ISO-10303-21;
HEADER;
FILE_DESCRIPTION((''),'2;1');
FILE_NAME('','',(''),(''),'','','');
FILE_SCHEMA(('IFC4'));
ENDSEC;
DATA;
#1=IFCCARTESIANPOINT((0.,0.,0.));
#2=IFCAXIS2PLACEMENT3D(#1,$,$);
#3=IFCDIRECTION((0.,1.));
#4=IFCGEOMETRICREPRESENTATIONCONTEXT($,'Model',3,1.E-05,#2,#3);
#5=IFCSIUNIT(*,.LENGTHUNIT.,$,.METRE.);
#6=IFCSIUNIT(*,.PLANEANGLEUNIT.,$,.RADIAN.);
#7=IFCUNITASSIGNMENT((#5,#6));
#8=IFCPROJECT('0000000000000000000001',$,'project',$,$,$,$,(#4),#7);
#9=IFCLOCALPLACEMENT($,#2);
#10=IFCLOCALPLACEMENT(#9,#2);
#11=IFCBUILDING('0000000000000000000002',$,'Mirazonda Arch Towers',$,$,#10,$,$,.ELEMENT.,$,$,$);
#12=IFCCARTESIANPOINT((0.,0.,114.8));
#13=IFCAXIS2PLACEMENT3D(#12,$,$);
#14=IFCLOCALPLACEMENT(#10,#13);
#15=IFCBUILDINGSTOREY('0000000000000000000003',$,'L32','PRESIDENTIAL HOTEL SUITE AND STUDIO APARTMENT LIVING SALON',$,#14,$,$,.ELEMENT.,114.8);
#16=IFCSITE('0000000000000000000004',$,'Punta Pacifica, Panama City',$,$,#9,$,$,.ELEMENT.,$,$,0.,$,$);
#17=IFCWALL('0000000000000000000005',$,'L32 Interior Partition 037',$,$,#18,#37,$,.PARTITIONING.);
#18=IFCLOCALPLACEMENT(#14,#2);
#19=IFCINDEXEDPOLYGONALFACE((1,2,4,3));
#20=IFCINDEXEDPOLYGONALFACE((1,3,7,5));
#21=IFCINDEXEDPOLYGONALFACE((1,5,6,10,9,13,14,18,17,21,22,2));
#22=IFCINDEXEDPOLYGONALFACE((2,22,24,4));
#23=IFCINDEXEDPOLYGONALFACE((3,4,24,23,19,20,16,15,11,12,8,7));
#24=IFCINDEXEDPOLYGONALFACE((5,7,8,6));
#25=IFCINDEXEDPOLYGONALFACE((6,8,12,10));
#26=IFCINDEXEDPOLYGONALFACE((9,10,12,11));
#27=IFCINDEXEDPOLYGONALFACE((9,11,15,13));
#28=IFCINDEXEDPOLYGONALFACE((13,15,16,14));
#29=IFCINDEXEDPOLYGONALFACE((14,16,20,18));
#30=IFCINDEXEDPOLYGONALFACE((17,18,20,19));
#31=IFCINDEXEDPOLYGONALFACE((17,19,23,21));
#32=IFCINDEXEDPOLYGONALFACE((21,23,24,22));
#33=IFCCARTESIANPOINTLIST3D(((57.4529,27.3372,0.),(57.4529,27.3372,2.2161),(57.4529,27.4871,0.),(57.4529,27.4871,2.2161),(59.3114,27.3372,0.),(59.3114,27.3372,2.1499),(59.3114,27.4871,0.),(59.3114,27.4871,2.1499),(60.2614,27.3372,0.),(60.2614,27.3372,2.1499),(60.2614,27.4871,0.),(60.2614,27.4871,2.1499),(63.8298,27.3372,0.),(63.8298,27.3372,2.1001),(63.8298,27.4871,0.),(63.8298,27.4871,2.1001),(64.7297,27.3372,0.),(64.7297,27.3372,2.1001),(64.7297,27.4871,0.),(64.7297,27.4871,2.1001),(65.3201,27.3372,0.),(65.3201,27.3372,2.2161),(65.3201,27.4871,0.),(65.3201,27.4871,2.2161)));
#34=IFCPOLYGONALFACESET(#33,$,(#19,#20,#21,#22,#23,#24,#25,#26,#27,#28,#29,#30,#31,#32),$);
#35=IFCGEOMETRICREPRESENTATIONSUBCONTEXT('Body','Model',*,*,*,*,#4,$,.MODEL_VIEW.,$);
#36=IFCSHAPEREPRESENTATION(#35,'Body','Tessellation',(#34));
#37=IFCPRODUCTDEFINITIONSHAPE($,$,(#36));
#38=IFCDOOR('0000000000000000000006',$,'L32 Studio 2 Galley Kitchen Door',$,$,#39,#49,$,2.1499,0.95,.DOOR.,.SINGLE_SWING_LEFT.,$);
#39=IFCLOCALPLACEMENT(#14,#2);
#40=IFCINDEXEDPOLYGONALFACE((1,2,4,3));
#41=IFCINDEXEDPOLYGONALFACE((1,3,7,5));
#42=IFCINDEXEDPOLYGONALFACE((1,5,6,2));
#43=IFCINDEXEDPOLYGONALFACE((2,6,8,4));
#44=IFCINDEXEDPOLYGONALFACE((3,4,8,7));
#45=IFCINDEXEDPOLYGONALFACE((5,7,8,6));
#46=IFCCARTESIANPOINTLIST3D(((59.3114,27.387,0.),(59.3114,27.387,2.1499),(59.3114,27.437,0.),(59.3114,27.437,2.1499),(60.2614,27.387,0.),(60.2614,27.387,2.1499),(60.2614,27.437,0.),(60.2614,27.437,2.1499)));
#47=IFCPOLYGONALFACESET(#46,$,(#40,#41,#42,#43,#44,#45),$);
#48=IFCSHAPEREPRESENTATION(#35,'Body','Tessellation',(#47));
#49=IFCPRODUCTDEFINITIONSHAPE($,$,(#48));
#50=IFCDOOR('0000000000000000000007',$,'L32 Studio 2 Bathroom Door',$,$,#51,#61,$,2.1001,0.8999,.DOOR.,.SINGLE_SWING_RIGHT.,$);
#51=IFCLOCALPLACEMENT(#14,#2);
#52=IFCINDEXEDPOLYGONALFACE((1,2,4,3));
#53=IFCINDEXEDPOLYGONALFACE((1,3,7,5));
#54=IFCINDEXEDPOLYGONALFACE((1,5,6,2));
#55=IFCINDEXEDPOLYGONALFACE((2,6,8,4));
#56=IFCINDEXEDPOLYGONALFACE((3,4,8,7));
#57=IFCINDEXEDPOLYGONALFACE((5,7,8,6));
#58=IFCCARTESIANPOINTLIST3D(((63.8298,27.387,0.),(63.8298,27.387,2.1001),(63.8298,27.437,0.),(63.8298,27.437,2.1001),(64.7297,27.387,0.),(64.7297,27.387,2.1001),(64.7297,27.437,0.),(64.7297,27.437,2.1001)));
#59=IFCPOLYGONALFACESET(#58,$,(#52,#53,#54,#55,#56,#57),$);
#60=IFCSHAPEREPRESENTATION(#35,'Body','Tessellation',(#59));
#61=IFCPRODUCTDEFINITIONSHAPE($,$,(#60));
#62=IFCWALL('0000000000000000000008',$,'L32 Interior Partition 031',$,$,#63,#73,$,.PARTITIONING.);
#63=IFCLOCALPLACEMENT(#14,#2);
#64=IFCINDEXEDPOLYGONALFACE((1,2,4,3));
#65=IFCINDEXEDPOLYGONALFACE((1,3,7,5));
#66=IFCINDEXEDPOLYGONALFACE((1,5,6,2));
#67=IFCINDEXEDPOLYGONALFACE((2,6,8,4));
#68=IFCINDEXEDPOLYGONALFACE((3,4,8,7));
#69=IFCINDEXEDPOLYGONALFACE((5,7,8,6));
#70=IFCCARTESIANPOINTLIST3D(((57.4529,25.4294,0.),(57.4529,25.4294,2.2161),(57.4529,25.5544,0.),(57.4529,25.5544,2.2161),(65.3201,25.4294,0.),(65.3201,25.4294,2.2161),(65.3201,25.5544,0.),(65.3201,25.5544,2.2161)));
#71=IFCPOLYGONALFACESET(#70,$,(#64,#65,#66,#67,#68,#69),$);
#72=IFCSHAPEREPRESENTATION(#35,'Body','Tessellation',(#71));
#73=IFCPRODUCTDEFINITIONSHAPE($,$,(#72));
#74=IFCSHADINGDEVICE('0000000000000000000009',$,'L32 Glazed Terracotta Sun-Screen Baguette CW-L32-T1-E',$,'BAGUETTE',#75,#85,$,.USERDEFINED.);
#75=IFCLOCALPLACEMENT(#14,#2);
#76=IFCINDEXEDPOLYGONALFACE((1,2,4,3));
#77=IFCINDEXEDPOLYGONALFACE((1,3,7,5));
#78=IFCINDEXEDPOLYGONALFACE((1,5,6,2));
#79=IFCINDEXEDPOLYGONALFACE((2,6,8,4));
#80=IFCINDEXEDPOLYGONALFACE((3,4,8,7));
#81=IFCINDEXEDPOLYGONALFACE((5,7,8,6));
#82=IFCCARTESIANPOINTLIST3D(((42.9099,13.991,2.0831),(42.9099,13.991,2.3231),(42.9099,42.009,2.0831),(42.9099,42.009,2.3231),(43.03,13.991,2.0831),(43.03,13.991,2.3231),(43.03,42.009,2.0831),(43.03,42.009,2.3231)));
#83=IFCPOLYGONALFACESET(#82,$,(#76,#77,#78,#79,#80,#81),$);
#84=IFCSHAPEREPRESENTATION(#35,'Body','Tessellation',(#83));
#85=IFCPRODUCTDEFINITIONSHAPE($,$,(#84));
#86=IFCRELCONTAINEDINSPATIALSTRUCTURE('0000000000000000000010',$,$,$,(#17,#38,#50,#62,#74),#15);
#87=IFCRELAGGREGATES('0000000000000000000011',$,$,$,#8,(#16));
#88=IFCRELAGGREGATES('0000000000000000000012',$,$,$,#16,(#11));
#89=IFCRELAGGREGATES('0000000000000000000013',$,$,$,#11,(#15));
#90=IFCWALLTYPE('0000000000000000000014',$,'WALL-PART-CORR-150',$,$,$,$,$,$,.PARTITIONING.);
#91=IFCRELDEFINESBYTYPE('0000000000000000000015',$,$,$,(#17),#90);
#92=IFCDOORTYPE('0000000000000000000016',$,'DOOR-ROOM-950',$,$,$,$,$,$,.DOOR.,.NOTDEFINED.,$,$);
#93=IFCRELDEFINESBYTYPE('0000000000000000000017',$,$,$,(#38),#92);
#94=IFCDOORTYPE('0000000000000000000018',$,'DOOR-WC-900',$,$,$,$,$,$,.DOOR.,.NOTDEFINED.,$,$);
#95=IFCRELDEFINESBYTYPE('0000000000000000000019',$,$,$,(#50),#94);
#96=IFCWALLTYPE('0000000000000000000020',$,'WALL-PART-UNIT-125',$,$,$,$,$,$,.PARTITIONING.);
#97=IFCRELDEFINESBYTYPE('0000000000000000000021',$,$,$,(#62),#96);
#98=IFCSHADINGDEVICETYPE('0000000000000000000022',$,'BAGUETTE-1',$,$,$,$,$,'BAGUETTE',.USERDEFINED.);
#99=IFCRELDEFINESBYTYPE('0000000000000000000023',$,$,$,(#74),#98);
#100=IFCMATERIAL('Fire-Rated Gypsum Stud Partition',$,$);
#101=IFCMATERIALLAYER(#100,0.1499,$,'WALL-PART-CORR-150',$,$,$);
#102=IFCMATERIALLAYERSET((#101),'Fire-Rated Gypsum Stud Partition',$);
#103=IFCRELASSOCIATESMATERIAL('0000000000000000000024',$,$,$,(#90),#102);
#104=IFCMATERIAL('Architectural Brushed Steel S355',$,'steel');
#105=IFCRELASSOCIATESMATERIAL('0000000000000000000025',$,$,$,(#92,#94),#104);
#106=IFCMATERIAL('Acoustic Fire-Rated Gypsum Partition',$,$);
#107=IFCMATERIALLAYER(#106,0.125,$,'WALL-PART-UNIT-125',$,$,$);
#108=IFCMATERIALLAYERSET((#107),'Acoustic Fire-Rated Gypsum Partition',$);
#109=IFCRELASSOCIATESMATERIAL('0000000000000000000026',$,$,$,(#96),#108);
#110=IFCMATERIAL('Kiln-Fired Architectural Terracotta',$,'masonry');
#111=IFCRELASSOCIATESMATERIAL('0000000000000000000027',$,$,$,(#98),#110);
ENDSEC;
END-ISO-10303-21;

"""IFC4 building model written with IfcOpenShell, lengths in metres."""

from ifc_helpers import new_model, si_unit, direction, frame, frame_2d, origin, origin_2d, place, context, subcontext, project, spatial, rectangle, extrude, material, layer, layer_set, material_profile, profile_set, type_object, element, fill, save


model = new_model("IFC4")

# Units and contexts
model_context = context("Model", 3, precision=1e-05, world=origin(), true_north=direction((0.0, 1.0)))
body_context = subcontext(model_context, "Body", "Model", "MODEL_VIEW")
ifc_project = project(units=[si_unit("LENGTHUNIT", "METRE"), si_unit("PLANEANGLEUNIT", "RADIAN")], contexts=[model_context])

# Site, building, storey
site_placement = place(None, origin())
site = spatial("IfcSite", under=ifc_project, at=site_placement, Name="Punta Pacifica, Panama City", CompositionType="ELEMENT", RefElevation=0.0)
building_placement = place(site_placement, origin())
building = spatial("IfcBuilding", under=site, at=building_placement, Name="Mirazonda Arch Towers", CompositionType="ELEMENT")
storey_placement = place(building_placement, frame((0.0, 0.0, 114.8)))
storey = spatial("IfcBuildingStorey", under=building, at=storey_placement, Name="L32", Description="PRESIDENTIAL HOTEL SUITE AND STUDIO APARTMENT LIVING SALON", CompositionType="ELEMENT", Elevation=114.8)

# Wall, openings, doors
ifc_material_1 = material(Name="Fire-Rated Gypsum Stud Partition")
ifc_layer_1 = layer(ifc_material_1, 0.1499, Name="WALL-PART-CORR-150")
ifc_layer_set_1 = layer_set([ifc_layer_1], Name="Fire-Rated Gypsum Stud Partition")
wall_type_1 = type_object("IfcWallType", Name="WALL-PART-CORR-150", PredefinedType="PARTITIONING", material=ifc_layer_set_1)
wall_1_placement = place(storey_placement, frame((57.4529, 27.4121, 0.0), z_axis=(0.0, 0.0, 1.0), x_axis=(1.0, 0.0, 0.0)))
wall_1 = element("IfcWall", 1, at=wall_1_placement, inside=storey, type_object=wall_type_1, Name="L32 Interior Partition 037", PredefinedType="PARTITIONING", context=body_context, shape_type="SweptSolid", body=[
    extrude(rectangle(XDim=7.8672, YDim=0.1499, at=frame_2d((3.9336, 0.0))), origin(), (0.0, 0.0, 1.0), 2.2161),
])
opening_1_placement = place(wall_1_placement, frame((1.8584, 0.0, 0.0)))
opening_1 = element("IfcOpeningElement", 2, at=opening_1_placement, cuts=wall_1, PredefinedType="OPENING", context=body_context, shape_type="SweptSolid", body=[
    extrude(rectangle(XDim=0.95, YDim=2.1499, at=frame_2d((0.4751, 1.075))), frame((0.0, 0.085, 0.0), z_axis=(0.0, -1.0, 0.0), x_axis=(1.0, 0.0, 0.0)), (0.0, 0.0, 1.0), 0.1699),
])
opening_2_placement = place(wall_1_placement, frame((6.377, 0.0, 0.0)))
opening_2 = element("IfcOpeningElement", 3, at=opening_2_placement, cuts=wall_1, PredefinedType="OPENING", context=body_context, shape_type="SweptSolid", body=[
    extrude(rectangle(XDim=0.8999, YDim=2.1001, at=frame_2d((0.45, 1.05))), frame((0.0, 0.085, 0.0), z_axis=(0.0, -1.0, 0.0), x_axis=(1.0, 0.0, 0.0)), (0.0, 0.0, 1.0), 0.1699),
])
ifc_material_2 = material(Name="Architectural Brushed Steel S355", Category="steel")
door_type_1 = type_object("IfcDoorType", Name="DOOR-ROOM-950", OperationType="NOTDEFINED", PredefinedType="DOOR", material=ifc_material_2)
door_1_placement = place(opening_1_placement, origin())
door_1 = element("IfcDoor", 4, at=door_1_placement, inside=storey, type_object=door_type_1, Name="L32 Studio 2 Galley Kitchen Door", OperationType="SINGLE_SWING_LEFT", OverallHeight=2.1499, OverallWidth=0.95, PredefinedType="DOOR", context=body_context, shape_type="SweptSolid", body=[
    extrude(rectangle(XDim=0.95, YDim=2.1499, at=frame_2d((0.4751, 1.075))), frame((0.0, 0.0249, 0.0), z_axis=(0.0, -1.0, 0.0), x_axis=(1.0, 0.0, 0.0)), (0.0, 0.0, 1.0), 0.05),
])
fill(opening_1, door_1)
door_type_2 = type_object("IfcDoorType", Name="DOOR-WC-900", OperationType="NOTDEFINED", PredefinedType="DOOR", material=ifc_material_2)
door_2_placement = place(opening_2_placement, origin())
door_2 = element("IfcDoor", 5, at=door_2_placement, inside=storey, type_object=door_type_2, Name="L32 Studio 2 Bathroom Door", OperationType="SINGLE_SWING_RIGHT", OverallHeight=2.1001, OverallWidth=0.8999, PredefinedType="DOOR", context=body_context, shape_type="SweptSolid", body=[
    extrude(rectangle(XDim=0.8999, YDim=2.1001, at=frame_2d((0.45, 1.05))), frame((0.0, 0.0249, 0.0), z_axis=(0.0, -1.0, 0.0), x_axis=(1.0, 0.0, 0.0)), (0.0, 0.0, 1.0), 0.05),
])
fill(opening_2, door_2)

# Wall
ifc_material_3 = material(Name="Acoustic Fire-Rated Gypsum Partition")
ifc_layer_2 = layer(ifc_material_3, 0.125, Name="WALL-PART-UNIT-125")
ifc_layer_set_2 = layer_set([ifc_layer_2], Name="Acoustic Fire-Rated Gypsum Partition")
wall_type_2 = type_object("IfcWallType", Name="WALL-PART-UNIT-125", PredefinedType="PARTITIONING", material=ifc_layer_set_2)
wall_2_placement = place(storey_placement, frame((57.4529, 25.4919, 0.0), z_axis=(0.0, 0.0, 1.0), x_axis=(1.0, 0.0, 0.0)))
element("IfcWall", 6, at=wall_2_placement, inside=storey, type_object=wall_type_2, Name="L32 Interior Partition 031", PredefinedType="PARTITIONING", context=body_context, shape_type="SweptSolid", body=[
    extrude(rectangle(XDim=7.8672, YDim=0.125, at=frame_2d((3.9336, 0.0))), origin(), (0.0, 0.0, 1.0), 2.2161),
])

# Shading device
ifc_material_4 = material(Name="Kiln-Fired Architectural Terracotta", Category="masonry")
ifc_material_profile_1 = material_profile(ifc_material_4, rectangle(XDim=0.1201, YDim=0.24, at=origin_2d()), Name="TERRA-BAG-120x240")
ifc_profile_set_1 = profile_set([ifc_material_profile_1], Name="Kiln-Fired Architectural Terracotta")
shading_device_type = type_object("IfcShadingDeviceType", Name="BAGUETTE-1", ElementType="BAGUETTE", PredefinedType="USERDEFINED", material=ifc_profile_set_1)
shading_device_placement = place(storey_placement, frame((42.97, 13.991, 2.2031), z_axis=(0.0, 1.0, 0.0), x_axis=(-1.0, 0.0, 0.0)))
element("IfcShadingDevice", 7, at=shading_device_placement, inside=storey, type_object=shading_device_type, Name="L32 Glazed Terracotta Sun-Screen Baguette CW-L32-T1-E", ObjectType="BAGUETTE", PredefinedType="USERDEFINED", context=body_context, shape_type="SweptSolid", body=[
    extrude(rectangle(XDim=0.1201, YDim=0.24, at=origin_2d()), origin(), (0.0, 0.0, 1.0), 28.0181),
])

save(model, "model.ifc")
